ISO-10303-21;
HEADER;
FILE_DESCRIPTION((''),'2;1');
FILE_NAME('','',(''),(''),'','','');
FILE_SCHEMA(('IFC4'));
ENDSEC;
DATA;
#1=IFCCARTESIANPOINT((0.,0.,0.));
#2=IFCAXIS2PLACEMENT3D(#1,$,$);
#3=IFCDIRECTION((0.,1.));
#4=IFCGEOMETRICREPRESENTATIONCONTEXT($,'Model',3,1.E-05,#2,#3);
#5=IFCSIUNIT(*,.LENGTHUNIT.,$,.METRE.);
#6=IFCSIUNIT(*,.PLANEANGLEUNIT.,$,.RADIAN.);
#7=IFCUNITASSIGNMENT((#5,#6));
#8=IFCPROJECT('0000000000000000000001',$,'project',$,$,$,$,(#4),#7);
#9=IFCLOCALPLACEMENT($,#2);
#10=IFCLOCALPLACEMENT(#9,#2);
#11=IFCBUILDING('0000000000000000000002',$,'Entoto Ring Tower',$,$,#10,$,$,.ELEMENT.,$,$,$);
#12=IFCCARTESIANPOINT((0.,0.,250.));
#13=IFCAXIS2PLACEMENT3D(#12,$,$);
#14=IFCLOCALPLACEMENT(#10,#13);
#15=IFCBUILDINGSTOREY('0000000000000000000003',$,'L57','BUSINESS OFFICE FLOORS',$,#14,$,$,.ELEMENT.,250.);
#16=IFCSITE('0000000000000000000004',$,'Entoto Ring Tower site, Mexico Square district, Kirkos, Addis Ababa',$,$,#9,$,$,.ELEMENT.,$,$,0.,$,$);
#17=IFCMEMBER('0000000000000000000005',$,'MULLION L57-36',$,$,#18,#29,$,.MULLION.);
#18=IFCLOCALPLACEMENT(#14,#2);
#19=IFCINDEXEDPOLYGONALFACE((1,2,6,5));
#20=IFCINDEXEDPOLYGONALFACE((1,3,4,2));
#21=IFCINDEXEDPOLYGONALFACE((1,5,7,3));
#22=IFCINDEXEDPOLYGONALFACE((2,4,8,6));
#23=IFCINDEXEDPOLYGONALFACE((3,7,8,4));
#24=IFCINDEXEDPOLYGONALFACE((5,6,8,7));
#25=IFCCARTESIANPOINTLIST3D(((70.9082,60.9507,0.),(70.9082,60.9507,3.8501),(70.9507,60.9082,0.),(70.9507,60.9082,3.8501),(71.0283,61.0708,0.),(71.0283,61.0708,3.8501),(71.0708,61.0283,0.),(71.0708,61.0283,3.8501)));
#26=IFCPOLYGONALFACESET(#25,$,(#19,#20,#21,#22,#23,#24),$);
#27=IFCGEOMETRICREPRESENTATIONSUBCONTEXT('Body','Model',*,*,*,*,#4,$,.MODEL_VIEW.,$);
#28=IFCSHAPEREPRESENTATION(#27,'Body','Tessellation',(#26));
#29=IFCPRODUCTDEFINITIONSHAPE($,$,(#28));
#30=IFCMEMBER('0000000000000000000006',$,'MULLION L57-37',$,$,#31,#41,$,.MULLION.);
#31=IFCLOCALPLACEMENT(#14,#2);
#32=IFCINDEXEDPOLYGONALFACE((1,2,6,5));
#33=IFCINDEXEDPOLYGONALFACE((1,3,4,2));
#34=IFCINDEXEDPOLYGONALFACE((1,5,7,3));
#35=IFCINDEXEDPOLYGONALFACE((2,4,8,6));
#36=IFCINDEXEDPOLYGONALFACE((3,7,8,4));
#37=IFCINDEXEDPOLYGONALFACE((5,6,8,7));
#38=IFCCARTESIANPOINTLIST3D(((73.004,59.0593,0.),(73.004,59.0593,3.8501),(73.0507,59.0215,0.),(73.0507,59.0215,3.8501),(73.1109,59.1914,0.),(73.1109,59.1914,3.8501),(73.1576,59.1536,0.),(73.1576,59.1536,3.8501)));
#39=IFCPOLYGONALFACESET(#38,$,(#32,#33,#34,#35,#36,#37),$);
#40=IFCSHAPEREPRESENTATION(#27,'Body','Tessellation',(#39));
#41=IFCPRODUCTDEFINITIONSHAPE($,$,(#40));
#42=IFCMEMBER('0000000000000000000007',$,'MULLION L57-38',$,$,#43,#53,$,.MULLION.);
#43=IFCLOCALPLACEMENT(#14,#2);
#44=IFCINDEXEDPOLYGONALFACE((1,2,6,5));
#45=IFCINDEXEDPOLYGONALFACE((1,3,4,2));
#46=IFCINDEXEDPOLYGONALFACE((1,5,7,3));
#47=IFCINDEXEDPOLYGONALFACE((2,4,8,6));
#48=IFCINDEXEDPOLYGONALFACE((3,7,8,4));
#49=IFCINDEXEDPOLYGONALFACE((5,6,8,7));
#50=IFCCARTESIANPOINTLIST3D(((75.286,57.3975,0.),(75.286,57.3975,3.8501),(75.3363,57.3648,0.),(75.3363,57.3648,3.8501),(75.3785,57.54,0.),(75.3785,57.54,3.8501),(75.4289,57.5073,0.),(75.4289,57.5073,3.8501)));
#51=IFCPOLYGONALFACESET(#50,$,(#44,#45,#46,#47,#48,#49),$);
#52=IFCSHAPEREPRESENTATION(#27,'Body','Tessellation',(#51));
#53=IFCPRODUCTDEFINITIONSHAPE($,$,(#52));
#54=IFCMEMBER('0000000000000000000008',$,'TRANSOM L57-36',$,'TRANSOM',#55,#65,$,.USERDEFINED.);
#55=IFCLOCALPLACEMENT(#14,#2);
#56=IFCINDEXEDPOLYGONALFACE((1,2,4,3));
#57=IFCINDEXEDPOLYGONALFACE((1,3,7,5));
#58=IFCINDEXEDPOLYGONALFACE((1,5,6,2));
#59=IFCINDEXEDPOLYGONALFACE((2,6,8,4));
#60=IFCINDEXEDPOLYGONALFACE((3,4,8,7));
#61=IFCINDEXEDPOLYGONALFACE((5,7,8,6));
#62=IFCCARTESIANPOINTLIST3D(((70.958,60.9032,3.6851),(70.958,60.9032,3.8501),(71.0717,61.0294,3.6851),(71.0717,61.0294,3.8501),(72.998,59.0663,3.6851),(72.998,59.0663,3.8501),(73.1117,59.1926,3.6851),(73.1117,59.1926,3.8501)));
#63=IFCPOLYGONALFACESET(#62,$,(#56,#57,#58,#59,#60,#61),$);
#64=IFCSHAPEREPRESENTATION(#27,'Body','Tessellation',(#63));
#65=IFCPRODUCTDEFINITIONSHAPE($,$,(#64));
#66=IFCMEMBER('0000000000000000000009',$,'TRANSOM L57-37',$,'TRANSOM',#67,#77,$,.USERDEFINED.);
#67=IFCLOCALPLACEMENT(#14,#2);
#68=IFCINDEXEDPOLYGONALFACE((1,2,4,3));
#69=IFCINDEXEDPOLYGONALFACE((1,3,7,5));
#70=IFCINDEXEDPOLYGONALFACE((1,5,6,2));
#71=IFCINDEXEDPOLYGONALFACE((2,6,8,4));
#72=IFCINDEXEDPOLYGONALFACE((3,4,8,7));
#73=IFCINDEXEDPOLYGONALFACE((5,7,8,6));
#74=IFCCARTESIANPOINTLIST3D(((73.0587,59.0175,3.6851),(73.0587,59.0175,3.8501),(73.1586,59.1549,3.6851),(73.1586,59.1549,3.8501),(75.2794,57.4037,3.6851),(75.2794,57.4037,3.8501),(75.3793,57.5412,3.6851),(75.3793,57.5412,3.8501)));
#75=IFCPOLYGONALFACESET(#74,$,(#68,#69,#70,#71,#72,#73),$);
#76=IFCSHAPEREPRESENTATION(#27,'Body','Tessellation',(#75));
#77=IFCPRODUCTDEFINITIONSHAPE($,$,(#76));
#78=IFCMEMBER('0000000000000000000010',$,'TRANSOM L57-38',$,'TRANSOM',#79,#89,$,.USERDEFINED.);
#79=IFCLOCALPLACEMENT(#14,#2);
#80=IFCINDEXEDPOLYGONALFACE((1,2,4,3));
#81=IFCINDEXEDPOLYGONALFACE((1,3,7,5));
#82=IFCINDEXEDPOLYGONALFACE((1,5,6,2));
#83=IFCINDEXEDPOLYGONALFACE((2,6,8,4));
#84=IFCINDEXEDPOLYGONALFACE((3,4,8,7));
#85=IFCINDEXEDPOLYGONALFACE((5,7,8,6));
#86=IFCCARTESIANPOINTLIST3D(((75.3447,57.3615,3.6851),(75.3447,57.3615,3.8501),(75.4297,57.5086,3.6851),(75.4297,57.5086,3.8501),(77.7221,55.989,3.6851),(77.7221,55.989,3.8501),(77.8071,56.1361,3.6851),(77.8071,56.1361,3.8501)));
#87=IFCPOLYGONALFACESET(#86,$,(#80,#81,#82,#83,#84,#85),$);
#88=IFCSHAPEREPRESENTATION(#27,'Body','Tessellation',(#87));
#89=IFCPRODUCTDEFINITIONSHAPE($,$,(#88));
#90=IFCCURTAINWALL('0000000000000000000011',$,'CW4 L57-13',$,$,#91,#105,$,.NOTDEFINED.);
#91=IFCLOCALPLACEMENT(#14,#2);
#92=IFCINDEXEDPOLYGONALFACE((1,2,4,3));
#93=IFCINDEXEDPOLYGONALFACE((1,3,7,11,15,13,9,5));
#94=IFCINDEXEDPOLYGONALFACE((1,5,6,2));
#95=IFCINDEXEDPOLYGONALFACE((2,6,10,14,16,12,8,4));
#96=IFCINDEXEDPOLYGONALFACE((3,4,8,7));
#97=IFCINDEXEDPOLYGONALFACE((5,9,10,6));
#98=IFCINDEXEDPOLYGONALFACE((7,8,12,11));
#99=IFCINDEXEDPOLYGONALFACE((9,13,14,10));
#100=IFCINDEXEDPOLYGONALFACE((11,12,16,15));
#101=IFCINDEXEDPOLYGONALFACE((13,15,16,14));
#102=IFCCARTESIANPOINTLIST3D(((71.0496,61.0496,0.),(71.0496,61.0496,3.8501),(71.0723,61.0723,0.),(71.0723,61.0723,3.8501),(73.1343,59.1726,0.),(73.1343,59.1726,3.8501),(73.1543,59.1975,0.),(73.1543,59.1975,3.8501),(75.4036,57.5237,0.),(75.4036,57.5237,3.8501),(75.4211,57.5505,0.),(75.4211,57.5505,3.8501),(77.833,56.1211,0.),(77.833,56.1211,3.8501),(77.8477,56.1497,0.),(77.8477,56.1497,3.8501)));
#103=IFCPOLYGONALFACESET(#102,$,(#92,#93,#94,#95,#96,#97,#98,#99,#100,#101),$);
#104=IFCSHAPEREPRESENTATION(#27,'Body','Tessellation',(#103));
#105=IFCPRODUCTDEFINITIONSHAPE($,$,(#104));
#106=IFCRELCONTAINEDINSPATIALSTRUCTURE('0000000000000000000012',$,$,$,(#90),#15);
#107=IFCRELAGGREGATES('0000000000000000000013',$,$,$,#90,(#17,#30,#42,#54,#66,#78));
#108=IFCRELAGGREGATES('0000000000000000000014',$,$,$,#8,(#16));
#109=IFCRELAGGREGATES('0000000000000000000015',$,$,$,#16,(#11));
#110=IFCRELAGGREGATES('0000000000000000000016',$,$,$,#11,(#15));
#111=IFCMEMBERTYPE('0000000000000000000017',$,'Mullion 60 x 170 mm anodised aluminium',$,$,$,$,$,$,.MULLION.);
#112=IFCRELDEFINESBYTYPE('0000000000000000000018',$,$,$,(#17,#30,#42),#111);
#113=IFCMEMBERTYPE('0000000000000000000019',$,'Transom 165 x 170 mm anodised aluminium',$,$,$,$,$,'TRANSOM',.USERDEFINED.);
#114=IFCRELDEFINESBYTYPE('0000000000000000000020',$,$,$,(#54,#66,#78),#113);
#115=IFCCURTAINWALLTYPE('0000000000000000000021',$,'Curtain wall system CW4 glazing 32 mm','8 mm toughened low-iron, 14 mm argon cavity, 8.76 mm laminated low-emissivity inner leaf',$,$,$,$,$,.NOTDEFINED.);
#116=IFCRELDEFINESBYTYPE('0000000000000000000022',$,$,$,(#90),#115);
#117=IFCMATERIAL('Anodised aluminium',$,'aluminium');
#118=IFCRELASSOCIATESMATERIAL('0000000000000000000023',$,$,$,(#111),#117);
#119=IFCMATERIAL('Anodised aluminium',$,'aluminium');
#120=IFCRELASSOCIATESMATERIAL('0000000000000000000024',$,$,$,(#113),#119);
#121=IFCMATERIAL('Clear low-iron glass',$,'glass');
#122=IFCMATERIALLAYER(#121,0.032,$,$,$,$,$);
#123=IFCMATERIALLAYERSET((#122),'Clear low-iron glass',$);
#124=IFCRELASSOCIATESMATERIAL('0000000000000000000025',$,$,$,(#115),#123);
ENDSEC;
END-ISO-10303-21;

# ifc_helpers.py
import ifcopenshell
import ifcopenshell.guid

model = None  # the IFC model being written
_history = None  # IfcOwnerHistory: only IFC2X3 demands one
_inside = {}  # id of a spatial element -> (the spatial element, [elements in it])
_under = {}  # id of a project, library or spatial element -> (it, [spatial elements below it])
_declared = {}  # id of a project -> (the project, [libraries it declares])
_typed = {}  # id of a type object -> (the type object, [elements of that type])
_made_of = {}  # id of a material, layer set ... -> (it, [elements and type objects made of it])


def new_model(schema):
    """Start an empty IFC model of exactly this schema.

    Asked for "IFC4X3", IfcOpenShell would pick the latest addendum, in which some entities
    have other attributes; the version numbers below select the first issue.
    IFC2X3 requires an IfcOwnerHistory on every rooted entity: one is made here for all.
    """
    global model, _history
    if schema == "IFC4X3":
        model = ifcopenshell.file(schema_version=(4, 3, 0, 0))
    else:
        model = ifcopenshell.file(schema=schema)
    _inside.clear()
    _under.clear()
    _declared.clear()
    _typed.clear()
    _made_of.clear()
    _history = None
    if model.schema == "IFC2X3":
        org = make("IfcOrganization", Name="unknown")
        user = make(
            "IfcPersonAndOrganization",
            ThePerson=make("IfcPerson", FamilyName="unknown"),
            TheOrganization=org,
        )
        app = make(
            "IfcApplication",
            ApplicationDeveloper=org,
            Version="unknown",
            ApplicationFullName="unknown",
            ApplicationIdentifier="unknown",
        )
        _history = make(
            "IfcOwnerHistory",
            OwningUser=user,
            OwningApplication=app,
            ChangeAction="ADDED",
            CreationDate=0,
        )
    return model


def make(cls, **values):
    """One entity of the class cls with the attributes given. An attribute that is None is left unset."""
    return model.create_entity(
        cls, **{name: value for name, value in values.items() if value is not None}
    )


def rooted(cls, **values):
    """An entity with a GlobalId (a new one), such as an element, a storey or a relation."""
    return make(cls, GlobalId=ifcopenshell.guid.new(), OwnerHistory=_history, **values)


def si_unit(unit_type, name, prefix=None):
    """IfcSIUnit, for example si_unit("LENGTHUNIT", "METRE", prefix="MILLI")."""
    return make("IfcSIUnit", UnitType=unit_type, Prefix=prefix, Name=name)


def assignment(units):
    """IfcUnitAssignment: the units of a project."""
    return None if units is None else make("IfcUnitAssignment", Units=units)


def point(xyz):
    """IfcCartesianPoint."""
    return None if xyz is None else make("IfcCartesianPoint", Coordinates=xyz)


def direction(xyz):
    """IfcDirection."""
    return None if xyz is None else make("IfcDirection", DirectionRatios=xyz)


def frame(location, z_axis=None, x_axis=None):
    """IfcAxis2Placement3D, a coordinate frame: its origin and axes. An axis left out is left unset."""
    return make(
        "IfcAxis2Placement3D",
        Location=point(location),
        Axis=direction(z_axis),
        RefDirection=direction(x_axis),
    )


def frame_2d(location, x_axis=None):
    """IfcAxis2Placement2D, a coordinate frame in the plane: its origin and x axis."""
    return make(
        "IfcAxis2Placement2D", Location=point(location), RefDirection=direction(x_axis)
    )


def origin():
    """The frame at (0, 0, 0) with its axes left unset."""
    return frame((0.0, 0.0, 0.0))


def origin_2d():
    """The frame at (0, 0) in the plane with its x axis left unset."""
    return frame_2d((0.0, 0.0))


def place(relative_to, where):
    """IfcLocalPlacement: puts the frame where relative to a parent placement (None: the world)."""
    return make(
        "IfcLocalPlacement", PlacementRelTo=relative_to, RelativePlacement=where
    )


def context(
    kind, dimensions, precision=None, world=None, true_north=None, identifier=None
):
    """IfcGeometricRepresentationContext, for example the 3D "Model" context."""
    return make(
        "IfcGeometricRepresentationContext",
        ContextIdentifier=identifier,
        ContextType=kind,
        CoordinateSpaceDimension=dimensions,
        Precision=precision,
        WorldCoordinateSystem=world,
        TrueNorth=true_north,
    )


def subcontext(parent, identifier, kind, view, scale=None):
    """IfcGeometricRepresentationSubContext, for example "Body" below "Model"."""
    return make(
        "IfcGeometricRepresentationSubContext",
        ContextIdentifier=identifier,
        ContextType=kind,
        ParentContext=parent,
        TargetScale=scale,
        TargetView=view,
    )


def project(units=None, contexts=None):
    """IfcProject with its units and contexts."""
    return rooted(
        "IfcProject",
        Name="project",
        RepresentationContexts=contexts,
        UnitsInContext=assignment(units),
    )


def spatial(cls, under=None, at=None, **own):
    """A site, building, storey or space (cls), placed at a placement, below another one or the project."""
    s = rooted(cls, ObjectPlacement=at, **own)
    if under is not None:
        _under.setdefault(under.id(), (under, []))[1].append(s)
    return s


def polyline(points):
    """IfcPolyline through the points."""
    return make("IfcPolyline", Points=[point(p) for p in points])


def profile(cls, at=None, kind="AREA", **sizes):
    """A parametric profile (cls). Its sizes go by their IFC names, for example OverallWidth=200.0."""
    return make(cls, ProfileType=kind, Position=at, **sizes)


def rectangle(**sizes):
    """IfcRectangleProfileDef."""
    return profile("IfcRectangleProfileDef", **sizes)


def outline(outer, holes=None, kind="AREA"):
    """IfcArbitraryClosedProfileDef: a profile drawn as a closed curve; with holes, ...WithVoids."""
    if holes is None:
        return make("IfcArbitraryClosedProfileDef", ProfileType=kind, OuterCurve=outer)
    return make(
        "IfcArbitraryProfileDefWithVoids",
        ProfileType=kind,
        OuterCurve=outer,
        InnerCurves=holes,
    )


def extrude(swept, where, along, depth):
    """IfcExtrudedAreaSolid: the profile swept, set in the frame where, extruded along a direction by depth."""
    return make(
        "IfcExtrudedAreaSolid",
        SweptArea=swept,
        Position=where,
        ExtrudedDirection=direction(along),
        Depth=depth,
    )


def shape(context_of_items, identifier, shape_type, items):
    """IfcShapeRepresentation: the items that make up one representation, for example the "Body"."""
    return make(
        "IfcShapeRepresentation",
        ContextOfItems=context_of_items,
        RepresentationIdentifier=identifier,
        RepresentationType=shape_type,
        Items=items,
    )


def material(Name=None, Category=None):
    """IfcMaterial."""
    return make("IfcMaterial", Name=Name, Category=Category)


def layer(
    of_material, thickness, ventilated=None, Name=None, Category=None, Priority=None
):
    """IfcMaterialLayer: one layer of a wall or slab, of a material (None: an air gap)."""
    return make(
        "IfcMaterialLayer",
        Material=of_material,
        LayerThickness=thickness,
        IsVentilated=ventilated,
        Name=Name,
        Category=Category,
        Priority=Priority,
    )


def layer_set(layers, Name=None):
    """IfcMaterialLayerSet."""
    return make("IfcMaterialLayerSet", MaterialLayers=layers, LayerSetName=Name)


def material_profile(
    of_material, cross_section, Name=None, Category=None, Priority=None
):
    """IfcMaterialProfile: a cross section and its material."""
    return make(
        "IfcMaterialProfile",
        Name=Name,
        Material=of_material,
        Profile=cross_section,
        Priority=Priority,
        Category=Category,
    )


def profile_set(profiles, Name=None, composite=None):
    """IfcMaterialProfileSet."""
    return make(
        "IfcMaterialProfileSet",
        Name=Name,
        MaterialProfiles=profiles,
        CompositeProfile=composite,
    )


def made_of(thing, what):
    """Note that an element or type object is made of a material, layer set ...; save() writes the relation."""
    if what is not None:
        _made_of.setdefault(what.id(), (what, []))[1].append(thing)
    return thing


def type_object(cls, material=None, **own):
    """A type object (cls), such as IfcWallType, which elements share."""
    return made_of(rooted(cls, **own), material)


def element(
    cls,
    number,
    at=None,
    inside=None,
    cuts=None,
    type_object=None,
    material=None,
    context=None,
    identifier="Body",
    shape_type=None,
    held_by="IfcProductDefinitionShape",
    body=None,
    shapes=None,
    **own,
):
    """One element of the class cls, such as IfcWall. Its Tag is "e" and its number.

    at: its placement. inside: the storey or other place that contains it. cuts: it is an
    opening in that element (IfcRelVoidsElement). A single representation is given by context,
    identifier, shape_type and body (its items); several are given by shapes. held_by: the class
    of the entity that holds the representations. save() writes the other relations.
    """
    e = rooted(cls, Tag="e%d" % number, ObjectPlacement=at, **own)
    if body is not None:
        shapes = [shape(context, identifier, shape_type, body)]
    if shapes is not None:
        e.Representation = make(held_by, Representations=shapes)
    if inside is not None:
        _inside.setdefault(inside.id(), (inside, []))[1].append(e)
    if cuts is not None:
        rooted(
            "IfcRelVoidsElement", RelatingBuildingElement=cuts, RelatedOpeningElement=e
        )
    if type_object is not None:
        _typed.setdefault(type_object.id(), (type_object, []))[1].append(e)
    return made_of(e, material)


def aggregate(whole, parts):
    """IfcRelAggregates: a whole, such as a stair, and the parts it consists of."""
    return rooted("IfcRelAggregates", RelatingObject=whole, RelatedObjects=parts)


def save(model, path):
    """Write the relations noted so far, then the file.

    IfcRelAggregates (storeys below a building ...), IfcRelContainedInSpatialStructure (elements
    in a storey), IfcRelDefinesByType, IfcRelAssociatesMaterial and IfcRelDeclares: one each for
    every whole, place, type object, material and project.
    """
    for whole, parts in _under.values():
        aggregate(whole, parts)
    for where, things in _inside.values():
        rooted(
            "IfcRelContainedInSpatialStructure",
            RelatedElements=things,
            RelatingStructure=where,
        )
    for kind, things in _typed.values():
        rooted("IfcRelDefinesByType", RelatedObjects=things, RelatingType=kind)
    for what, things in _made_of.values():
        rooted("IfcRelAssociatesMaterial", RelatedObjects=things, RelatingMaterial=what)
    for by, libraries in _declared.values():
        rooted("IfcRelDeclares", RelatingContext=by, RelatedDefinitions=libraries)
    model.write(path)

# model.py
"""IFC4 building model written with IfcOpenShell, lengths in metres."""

from ifc_helpers import new_model, si_unit, direction, frame, origin, origin_2d, place, context, subcontext, project, spatial, polyline, rectangle, outline, extrude, material, layer, layer_set, material_profile, profile_set, type_object, element, aggregate, save


model = new_model("IFC4")

# Units and contexts
model_context = context("Model", 3, precision=1e-05, world=origin(), true_north=direction((0.0, 1.0)))
body_context = subcontext(model_context, "Body", "Model", "MODEL_VIEW")
ifc_project = project(units=[si_unit("LENGTHUNIT", "METRE"), si_unit("PLANEANGLEUNIT", "RADIAN")], contexts=[model_context])

# Members
ifc_material_1 = material(Name="Anodised aluminium", Category="aluminium")
ifc_material_profile_1 = material_profile(ifc_material_1, rectangle(XDim=0.0601, YDim=0.1699, at=origin_2d()), Name="Mullion 60 x 170 mm anodised aluminium")
ifc_profile_set_1 = profile_set([ifc_material_profile_1], Name="Anodised aluminium")
member_type_1 = type_object("IfcMemberType", Name="Mullion 60 x 170 mm anodised aluminium", PredefinedType="MULLION", material=ifc_profile_set_1)
site_placement = place(None, origin())
building_placement = place(site_placement, origin())
storey_placement = place(building_placement, frame((0.0, 0.0, 250.0)))
member_1_placement = place(storey_placement, frame((70.9895, 60.9895, 0.0), z_axis=(0.0, 0.0, 1.0), x_axis=(0.707107, -0.707107, 0.0)))
member_1 = element("IfcMember", 1, at=member_1_placement, type_object=member_type_1, Name="MULLION L57-36", PredefinedType="MULLION", context=body_context, shape_type="SweptSolid", body=[
    extrude(rectangle(XDim=0.0601, YDim=0.1699, at=origin_2d()), origin(), (0.0, 0.0, 1.0), 3.8501),
])
member_2_placement = place(storey_placement, frame((73.0808, 59.1064, 0.0), z_axis=(0.0, 0.0, 1.0), x_axis=(0.777146, -0.62932, 0.0)))
member_2 = element("IfcMember", 2, at=member_2_placement, type_object=member_type_1, Name="MULLION L57-37", PredefinedType="MULLION", context=body_context, shape_type="SweptSolid", body=[
    extrude(rectangle(XDim=0.0601, YDim=0.1699, at=origin_2d()), origin(), (0.0, 0.0, 1.0), 3.8501),
])
member_3_placement = place(storey_placement, frame((75.3574, 57.4524, 0.0), z_axis=(0.0, 0.0, 1.0), x_axis=(0.838671, -0.544639, 0.0)))
member_3 = element("IfcMember", 3, at=member_3_placement, type_object=member_type_1, Name="MULLION L57-38", PredefinedType="MULLION", context=body_context, shape_type="SweptSolid", body=[
    extrude(rectangle(XDim=0.0601, YDim=0.1699, at=origin_2d()), origin(), (0.0, 0.0, 1.0), 3.8501),
])
ifc_material_2 = material(Name="Anodised aluminium", Category="aluminium")
ifc_material_profile_2 = material_profile(ifc_material_2, rectangle(XDim=0.1699, YDim=0.165, at=origin_2d()), Name="Transom 165 x 170 mm anodised aluminium")
ifc_profile_set_2 = profile_set([ifc_material_profile_2], Name="Anodised aluminium")
member_type_2 = type_object("IfcMemberType", Name="Transom 165 x 170 mm anodised aluminium", ElementType="TRANSOM", PredefinedType="USERDEFINED", material=ifc_profile_set_2)
member_4_placement = place(storey_placement, frame((71.0149, 60.9663, 3.7676), z_axis=(0.743135, -0.669142, 0.0), x_axis=(0.669142, 0.743135, 0.0)))
member_4 = element("IfcMember", 4, at=member_4_placement, type_object=member_type_2, Name="TRANSOM L57-36", ObjectType="TRANSOM", PredefinedType="USERDEFINED", context=body_context, shape_type="SweptSolid", body=[
    extrude(rectangle(XDim=0.1699, YDim=0.165, at=origin_2d()), origin(), (0.0, 0.0, 1.0), 2.7451),
])
member_5_placement = place(storey_placement, frame((73.1086, 59.0862, 3.7676), z_axis=(0.808959, -0.587865, 0.0), x_axis=(0.587865, 0.808959, 0.0)))
member_5 = element("IfcMember", 5, at=member_5_placement, type_object=member_type_2, Name="TRANSOM L57-37", ObjectType="TRANSOM", PredefinedType="USERDEFINED", context=body_context, shape_type="SweptSolid", body=[
    extrude(rectangle(XDim=0.1699, YDim=0.165, at=origin_2d()), origin(), (0.0, 0.0, 1.0), 2.7451),
])
member_6_placement = place(storey_placement, frame((75.3872, 57.4351, 3.7676), z_axis=(0.866035, -0.499984, 0.0), x_axis=(0.499984, 0.866035, 0.0)))
member_6 = element("IfcMember", 6, at=member_6_placement, type_object=member_type_2, Name="TRANSOM L57-38", ObjectType="TRANSOM", PredefinedType="USERDEFINED", context=body_context, shape_type="SweptSolid", body=[
    extrude(rectangle(XDim=0.1699, YDim=0.165, at=origin_2d()), origin(), (0.0, 0.0, 1.0), 2.7451),
])

# Site, building, storey
site = spatial("IfcSite", under=ifc_project, at=site_placement, Name="Entoto Ring Tower site, Mexico Square district, Kirkos, Addis Ababa", CompositionType="ELEMENT", RefElevation=0.0)
building = spatial("IfcBuilding", under=site, at=building_placement, Name="Entoto Ring Tower", CompositionType="ELEMENT")
storey = spatial("IfcBuildingStorey", under=building, at=storey_placement, Name="L57", Description="BUSINESS OFFICE FLOORS", CompositionType="ELEMENT", Elevation=250.0)

# Curtain wall
ifc_material_3 = material(Name="Clear low-iron glass", Category="glass")
ifc_layer = layer(ifc_material_3, 0.032)
ifc_layer_set = layer_set([ifc_layer], Name="Clear low-iron glass")
curtain_wall_type = type_object("IfcCurtainWallType", Name="Curtain wall system CW4 glazing 32 mm", Description="8 mm toughened low-iron, 14 mm argon cavity, 8.76 mm laminated low-emissivity inner leaf", PredefinedType="NOTDEFINED", material=ifc_layer_set)
curtain_wall_1_placement = place(storey_placement, origin())
curtain_wall_1 = element("IfcCurtainWall", 7, at=curtain_wall_1_placement, inside=storey, type_object=curtain_wall_type, Name="CW4 L57-13", PredefinedType="NOTDEFINED", context=body_context, shape_type="SweptSolid", body=[
    extrude(outline(polyline([(71.0496, 61.0496), (73.1343, 59.1726), (75.4036, 57.5237), (77.833, 56.1211), (77.8477, 56.1497), (75.4211, 57.5505), (73.1543, 59.1975), (71.0723, 61.0723), (71.0496, 61.0496)])), origin(), (0.0, 0.0, 1.0), 3.8501),
])
aggregate(curtain_wall_1, [member_1, member_2, member_3, member_4, member_5, member_6])

save(model, "model.ifc")
